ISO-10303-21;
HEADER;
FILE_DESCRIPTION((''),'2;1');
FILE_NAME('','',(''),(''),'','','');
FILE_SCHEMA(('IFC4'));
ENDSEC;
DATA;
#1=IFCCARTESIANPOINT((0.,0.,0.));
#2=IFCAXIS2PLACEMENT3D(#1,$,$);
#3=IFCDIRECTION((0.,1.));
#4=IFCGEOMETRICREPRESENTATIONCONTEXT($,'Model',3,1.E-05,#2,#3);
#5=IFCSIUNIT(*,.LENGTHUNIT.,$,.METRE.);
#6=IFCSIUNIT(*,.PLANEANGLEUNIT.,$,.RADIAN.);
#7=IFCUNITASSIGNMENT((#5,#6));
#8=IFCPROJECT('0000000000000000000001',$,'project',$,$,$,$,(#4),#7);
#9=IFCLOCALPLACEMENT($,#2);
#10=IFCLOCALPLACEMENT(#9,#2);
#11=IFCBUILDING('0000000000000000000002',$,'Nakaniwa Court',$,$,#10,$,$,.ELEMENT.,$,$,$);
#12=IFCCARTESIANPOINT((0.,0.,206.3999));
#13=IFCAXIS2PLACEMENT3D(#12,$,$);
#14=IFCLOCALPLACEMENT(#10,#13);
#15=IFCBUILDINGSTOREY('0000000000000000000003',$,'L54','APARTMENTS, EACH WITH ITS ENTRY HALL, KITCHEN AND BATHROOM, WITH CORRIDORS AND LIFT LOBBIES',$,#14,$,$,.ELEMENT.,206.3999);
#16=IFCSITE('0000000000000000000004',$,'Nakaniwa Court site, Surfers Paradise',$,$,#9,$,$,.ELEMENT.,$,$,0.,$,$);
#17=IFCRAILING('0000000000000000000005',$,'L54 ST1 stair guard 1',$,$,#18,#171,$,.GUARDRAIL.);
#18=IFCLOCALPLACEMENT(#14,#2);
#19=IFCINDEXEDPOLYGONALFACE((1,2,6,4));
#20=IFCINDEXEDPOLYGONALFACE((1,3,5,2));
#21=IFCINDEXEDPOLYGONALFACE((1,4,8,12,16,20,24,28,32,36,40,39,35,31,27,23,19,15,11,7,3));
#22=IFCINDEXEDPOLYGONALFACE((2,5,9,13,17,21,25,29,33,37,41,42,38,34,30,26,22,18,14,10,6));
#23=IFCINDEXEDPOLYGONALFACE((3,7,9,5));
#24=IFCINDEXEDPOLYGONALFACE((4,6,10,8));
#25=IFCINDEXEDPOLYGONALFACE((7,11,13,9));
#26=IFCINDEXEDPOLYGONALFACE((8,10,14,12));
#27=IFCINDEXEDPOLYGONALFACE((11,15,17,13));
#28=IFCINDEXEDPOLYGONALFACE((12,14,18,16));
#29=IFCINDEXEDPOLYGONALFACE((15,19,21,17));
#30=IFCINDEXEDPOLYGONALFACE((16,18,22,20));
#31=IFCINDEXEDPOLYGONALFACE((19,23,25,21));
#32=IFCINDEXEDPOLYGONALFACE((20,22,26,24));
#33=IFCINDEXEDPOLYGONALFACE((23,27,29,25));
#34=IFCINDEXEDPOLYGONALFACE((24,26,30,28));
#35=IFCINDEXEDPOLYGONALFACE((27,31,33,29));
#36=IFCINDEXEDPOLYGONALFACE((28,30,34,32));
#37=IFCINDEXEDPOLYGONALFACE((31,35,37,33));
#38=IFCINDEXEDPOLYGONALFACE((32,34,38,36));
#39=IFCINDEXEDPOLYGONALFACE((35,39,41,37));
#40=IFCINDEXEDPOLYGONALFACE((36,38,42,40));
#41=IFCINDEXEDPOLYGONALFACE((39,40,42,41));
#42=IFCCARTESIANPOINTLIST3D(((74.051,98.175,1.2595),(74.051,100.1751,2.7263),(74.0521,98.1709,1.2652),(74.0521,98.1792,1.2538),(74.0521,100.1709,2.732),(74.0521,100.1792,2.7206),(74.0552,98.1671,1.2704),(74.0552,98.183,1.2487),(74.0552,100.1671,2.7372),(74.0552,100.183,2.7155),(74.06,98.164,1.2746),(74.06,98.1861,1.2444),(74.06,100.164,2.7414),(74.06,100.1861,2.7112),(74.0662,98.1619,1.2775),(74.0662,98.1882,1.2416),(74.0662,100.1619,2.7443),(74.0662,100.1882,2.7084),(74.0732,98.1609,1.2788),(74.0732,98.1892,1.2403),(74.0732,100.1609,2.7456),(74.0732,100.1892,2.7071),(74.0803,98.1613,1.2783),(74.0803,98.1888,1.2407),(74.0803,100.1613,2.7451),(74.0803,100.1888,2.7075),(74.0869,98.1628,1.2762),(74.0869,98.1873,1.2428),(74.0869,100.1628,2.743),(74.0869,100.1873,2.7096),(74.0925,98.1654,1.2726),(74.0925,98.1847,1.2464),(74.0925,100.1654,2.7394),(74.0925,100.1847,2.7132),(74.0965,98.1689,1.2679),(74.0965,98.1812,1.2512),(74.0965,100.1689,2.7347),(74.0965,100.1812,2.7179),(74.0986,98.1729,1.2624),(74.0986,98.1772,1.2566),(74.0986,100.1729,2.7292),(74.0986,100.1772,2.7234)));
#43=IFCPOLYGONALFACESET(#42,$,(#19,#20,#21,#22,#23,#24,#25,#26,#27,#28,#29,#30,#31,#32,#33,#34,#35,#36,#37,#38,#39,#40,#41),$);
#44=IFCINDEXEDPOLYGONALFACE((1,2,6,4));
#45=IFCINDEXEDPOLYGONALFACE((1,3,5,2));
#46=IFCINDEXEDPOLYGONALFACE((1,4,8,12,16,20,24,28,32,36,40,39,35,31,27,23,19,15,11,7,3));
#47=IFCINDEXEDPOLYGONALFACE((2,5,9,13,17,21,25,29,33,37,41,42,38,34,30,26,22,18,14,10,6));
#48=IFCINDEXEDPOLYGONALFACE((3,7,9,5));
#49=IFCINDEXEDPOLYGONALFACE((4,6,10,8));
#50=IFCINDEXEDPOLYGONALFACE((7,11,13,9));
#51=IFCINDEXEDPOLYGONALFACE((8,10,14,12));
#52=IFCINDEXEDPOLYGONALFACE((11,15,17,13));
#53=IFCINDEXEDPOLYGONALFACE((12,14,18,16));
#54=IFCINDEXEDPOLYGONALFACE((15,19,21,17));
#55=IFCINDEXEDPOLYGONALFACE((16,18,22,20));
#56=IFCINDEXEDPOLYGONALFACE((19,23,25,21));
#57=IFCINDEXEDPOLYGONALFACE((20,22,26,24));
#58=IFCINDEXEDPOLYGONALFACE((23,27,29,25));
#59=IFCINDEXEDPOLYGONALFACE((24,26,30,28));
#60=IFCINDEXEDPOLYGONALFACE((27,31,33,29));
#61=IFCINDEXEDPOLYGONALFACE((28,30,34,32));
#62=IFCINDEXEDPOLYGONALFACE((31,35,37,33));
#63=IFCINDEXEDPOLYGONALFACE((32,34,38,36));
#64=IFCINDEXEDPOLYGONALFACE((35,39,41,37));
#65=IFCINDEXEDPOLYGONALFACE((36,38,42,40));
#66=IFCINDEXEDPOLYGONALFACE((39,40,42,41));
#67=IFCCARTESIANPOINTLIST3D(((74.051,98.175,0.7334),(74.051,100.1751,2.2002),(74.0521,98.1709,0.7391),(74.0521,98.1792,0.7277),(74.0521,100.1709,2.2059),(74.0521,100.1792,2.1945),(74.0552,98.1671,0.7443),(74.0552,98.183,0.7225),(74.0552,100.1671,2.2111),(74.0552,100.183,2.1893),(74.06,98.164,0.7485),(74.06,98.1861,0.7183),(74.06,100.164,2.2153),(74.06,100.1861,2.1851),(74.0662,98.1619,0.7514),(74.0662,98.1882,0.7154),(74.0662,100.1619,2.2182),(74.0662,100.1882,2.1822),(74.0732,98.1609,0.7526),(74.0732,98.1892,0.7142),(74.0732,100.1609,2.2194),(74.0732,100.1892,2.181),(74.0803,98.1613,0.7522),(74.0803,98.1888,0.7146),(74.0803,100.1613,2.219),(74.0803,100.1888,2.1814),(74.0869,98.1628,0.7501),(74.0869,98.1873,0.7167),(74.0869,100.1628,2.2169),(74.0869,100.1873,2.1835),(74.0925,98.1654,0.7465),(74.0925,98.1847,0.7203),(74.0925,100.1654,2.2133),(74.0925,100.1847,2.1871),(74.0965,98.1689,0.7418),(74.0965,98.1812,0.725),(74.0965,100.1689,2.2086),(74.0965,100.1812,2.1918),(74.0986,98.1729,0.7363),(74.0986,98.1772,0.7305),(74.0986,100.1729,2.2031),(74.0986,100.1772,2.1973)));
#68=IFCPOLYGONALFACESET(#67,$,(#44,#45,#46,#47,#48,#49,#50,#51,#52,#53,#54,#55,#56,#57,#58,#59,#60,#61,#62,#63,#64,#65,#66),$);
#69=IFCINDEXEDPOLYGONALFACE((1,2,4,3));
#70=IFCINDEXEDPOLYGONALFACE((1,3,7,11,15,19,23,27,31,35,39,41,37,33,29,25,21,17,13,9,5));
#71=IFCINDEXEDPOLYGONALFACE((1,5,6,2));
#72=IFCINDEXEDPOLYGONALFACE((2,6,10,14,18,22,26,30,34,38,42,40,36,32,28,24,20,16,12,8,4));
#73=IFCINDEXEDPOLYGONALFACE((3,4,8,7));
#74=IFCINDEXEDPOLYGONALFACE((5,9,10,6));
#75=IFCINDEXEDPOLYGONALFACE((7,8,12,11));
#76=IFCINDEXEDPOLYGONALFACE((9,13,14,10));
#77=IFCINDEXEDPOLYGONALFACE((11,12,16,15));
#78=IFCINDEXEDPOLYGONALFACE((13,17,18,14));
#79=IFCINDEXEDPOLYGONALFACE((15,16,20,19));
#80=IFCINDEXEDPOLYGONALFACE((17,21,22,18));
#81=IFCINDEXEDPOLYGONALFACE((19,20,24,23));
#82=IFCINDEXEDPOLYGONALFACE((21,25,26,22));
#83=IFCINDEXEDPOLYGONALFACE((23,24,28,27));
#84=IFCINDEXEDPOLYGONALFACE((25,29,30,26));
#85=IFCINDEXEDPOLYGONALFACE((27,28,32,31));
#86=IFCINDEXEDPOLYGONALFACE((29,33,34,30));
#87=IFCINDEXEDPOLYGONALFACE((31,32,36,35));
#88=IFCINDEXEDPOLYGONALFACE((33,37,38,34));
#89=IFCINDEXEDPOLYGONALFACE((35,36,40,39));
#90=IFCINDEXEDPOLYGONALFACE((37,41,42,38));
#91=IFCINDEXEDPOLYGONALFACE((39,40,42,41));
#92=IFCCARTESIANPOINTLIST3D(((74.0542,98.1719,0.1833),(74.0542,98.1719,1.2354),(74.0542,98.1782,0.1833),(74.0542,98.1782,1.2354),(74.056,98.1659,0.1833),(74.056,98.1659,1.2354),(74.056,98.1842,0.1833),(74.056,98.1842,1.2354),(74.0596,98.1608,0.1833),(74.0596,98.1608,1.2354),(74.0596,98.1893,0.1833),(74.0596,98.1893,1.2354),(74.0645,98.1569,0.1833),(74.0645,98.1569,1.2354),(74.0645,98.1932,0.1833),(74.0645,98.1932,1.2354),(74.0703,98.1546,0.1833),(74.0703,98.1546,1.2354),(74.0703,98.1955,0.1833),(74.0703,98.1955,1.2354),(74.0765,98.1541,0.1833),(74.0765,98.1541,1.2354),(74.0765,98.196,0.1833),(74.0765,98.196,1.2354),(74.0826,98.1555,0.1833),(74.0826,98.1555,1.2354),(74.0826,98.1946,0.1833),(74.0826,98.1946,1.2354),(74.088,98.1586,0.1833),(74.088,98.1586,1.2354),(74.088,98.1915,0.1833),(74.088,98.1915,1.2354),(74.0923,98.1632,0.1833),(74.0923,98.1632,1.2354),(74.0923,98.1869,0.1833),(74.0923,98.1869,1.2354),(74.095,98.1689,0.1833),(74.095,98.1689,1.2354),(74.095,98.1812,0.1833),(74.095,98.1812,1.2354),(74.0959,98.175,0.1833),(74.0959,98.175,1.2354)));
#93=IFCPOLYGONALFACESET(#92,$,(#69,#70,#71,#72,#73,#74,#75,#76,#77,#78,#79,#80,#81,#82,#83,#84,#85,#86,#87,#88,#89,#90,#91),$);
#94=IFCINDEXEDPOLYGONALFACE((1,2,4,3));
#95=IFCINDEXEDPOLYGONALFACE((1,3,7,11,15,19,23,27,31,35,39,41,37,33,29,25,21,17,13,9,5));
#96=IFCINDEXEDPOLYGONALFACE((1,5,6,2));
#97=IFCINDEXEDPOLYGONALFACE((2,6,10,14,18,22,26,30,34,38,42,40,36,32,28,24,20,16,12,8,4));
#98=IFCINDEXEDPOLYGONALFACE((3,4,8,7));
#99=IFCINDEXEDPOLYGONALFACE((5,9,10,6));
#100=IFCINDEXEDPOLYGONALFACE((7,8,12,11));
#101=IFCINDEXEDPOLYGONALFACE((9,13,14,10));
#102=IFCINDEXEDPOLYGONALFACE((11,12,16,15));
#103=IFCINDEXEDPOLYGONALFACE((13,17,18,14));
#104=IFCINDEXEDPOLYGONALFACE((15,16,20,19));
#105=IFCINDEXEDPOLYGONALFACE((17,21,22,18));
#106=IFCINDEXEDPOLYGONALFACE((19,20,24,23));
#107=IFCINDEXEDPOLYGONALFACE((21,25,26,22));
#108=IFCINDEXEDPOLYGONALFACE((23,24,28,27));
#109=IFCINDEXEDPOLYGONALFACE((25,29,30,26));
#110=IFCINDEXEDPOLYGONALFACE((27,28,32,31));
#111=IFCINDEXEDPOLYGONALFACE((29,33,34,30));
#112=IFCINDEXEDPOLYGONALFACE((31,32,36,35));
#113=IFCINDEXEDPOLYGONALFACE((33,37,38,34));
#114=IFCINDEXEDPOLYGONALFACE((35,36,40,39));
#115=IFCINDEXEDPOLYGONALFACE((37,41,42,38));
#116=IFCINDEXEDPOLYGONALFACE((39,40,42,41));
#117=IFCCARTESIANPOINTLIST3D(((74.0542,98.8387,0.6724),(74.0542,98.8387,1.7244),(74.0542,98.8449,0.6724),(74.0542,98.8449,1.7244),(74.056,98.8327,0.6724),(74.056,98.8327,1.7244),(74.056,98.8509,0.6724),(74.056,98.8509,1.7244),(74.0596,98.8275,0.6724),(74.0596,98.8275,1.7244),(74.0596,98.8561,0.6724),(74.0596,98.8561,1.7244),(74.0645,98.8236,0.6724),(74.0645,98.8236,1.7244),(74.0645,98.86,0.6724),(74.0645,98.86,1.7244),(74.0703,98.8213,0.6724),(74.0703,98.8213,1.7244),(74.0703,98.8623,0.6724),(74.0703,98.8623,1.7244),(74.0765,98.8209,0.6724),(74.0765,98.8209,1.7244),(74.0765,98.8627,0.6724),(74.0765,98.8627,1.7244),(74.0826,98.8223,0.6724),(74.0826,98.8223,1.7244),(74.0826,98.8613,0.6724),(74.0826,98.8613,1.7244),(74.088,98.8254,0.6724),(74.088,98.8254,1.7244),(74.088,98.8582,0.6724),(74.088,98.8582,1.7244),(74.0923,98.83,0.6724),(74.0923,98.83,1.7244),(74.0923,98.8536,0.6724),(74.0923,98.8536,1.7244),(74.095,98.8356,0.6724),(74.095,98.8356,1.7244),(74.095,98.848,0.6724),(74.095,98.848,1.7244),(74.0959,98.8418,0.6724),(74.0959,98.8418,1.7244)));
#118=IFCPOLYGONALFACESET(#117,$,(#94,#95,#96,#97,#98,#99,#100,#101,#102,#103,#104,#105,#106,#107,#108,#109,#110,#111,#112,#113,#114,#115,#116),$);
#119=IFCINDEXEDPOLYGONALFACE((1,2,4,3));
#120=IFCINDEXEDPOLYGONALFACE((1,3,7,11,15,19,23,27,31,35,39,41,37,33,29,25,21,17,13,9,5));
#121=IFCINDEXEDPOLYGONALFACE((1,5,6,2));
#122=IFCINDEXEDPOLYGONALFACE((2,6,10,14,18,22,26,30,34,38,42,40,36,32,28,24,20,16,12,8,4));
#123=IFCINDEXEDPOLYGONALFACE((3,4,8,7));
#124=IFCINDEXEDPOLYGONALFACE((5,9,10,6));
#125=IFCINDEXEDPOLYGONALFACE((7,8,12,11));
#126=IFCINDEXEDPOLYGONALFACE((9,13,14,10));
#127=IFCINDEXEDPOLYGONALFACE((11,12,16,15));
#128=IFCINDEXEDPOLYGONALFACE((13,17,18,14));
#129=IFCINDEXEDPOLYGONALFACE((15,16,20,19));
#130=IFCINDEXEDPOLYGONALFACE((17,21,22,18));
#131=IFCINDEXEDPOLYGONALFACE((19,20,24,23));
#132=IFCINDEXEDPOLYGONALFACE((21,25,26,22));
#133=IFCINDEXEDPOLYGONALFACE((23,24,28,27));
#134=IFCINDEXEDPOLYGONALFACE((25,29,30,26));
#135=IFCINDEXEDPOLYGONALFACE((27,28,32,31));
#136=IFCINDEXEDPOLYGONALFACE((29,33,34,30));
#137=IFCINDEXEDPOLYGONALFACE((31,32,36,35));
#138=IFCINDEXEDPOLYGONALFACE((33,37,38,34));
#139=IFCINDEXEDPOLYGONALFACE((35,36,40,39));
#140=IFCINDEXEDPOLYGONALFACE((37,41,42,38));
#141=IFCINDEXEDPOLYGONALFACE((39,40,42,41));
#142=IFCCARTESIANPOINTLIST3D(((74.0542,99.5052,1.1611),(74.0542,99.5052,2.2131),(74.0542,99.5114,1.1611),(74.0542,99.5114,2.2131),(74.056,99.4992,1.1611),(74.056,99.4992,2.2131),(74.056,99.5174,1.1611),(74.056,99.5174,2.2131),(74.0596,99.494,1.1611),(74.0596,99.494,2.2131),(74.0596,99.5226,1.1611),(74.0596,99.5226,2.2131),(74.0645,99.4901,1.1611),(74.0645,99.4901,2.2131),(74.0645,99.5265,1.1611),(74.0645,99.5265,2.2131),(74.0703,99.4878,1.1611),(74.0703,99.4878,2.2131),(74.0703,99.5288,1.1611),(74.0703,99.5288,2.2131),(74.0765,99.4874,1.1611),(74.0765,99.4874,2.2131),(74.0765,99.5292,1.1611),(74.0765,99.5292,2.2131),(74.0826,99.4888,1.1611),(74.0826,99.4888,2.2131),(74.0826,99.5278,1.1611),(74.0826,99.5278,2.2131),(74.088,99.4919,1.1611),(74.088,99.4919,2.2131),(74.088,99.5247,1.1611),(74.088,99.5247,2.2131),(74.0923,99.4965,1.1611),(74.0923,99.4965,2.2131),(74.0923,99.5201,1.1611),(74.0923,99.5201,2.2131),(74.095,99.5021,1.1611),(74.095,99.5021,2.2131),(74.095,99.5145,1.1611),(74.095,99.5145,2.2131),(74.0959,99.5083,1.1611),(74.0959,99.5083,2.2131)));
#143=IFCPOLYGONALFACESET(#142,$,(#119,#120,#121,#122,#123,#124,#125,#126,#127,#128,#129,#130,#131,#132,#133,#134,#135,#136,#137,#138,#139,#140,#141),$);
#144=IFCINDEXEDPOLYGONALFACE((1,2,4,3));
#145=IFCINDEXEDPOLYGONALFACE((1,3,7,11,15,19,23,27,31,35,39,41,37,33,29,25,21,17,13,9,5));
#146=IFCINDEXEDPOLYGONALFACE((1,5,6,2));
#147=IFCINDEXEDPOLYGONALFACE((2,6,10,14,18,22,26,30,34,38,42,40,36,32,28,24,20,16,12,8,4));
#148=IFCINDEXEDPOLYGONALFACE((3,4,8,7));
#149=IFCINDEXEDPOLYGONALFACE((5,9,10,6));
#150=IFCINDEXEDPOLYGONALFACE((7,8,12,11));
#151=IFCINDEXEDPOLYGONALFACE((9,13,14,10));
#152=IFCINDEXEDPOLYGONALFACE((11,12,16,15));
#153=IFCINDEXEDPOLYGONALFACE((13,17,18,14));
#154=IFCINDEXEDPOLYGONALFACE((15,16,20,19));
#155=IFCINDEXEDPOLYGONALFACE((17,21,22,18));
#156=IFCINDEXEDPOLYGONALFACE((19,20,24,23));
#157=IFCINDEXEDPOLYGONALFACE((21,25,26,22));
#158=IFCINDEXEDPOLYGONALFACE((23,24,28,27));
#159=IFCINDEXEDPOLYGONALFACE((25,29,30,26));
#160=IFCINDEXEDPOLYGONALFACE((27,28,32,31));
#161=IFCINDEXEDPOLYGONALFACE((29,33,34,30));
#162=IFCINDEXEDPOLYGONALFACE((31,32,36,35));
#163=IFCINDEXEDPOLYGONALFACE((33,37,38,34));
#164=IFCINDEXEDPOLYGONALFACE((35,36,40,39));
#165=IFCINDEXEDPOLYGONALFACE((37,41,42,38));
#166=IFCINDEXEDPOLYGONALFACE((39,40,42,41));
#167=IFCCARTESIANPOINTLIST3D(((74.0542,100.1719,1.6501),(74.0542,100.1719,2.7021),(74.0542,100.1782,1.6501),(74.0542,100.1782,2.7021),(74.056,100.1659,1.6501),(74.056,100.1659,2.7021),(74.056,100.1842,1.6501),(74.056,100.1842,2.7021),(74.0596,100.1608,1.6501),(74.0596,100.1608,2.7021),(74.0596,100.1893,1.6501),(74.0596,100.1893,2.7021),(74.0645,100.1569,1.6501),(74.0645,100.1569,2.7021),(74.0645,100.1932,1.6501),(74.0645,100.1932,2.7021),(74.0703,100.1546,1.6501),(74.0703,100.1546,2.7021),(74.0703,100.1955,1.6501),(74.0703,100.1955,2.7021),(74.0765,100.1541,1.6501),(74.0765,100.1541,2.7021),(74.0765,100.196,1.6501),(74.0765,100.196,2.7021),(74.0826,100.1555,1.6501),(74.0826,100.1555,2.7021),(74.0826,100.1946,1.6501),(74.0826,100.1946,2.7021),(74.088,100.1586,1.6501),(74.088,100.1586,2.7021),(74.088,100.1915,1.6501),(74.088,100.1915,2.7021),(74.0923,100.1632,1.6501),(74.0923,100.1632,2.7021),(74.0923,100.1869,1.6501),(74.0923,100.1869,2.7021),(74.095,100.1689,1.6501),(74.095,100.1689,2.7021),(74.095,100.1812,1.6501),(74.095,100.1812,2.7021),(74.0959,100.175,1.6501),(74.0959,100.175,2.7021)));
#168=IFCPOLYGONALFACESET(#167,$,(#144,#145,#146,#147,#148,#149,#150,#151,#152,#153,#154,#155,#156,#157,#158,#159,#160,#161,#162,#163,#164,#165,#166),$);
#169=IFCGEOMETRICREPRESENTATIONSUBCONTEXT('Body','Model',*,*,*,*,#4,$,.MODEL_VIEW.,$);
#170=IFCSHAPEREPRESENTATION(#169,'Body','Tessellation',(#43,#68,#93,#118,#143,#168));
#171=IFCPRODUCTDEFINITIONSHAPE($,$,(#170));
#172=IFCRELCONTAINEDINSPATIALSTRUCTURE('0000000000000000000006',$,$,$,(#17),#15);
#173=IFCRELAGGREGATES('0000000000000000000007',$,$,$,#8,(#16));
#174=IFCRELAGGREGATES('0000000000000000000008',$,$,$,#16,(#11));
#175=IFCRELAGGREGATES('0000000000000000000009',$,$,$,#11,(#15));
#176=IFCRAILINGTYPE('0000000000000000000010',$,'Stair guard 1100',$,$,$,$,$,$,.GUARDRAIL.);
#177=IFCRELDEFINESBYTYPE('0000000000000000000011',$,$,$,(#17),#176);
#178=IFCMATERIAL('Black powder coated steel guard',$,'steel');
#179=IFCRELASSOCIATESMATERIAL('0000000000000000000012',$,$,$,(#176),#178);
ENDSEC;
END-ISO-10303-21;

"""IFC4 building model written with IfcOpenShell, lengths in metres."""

from ifc_helpers import new_model, si_unit, direction, frame, origin, origin_2d, place, context, subcontext, project, spatial, circle, extrude, material, type_object, element, save


model = new_model("IFC4")

# Units and contexts
model_context = context("Model", 3, precision=1e-05, world=origin(), true_north=direction((0.0, 1.0)))
body_context = subcontext(model_context, "Body", "Model", "MODEL_VIEW")
ifc_project = project(units=[si_unit("LENGTHUNIT", "METRE"), si_unit("PLANEANGLEUNIT", "RADIAN")], contexts=[model_context])

# Site, building, storey
site_placement = place(None, origin())
site = spatial("IfcSite", under=ifc_project, at=site_placement, Name="Nakaniwa Court site, Surfers Paradise", CompositionType="ELEMENT", RefElevation=0.0)
building_placement = place(site_placement, origin())
building = spatial("IfcBuilding", under=site, at=building_placement, Name="Nakaniwa Court", CompositionType="ELEMENT")
storey_placement = place(building_placement, frame((0.0, 0.0, 206.3999)))
storey = spatial("IfcBuildingStorey", under=building, at=storey_placement, Name="L54", Description="APARTMENTS, EACH WITH ITS ENTRY HALL, KITCHEN AND BATHROOM, WITH CORRIDORS AND LIFT LOBBIES", CompositionType="ELEMENT", Elevation=206.3999)

# Railing
ifc_material_1 = material(Name="Black powder coated steel guard", Category="steel")
railing_type_1 = type_object("IfcRailingType", Name="Stair guard 1100", PredefinedType="GUARDRAIL", material=ifc_material_1)
railing_1_placement = place(storey_placement, frame((74.075, 98.175, 0.1833)))
element("IfcRailing", 1, at=railing_1_placement, inside=storey, type_object=railing_type_1, Name="L54 ST1 stair guard 1", PredefinedType="GUARDRAIL", context=body_context, shape_type="SweptSolid", body=[
    extrude(circle(Radius=0.0239, at=origin_2d()), frame((0.0, 0.0, 1.0762), z_axis=(0.0, 0.80638, 0.591398), x_axis=(-1.0, 0.0, 0.0)), (0.0, 0.0, 1.0), 2.4802),
    extrude(circle(Radius=0.0239, at=origin_2d()), frame((0.0, 0.0, 0.55), z_axis=(0.0, 0.80638, 0.591398), x_axis=(-1.0, 0.0, 0.0)), (0.0, 0.0, 1.0), 2.4802),
    extrude(circle(Radius=0.021, at=origin_2d()), origin(), (0.0, 0.0, 1.0), 1.052),
    extrude(circle(Radius=0.021, at=origin_2d()), frame((0.0, 0.6667, 0.489)), (0.0, 0.0, 1.0), 1.052),
    extrude(circle(Radius=0.021, at=origin_2d()), frame((0.0, 1.3333, 0.9778)), (0.0, 0.0, 1.0), 1.052),
    extrude(circle(Radius=0.021, at=origin_2d()), frame((0.0, 2.0, 1.4668)), (0.0, 0.0, 1.0), 1.052),
])

save(model, "model.ifc")
